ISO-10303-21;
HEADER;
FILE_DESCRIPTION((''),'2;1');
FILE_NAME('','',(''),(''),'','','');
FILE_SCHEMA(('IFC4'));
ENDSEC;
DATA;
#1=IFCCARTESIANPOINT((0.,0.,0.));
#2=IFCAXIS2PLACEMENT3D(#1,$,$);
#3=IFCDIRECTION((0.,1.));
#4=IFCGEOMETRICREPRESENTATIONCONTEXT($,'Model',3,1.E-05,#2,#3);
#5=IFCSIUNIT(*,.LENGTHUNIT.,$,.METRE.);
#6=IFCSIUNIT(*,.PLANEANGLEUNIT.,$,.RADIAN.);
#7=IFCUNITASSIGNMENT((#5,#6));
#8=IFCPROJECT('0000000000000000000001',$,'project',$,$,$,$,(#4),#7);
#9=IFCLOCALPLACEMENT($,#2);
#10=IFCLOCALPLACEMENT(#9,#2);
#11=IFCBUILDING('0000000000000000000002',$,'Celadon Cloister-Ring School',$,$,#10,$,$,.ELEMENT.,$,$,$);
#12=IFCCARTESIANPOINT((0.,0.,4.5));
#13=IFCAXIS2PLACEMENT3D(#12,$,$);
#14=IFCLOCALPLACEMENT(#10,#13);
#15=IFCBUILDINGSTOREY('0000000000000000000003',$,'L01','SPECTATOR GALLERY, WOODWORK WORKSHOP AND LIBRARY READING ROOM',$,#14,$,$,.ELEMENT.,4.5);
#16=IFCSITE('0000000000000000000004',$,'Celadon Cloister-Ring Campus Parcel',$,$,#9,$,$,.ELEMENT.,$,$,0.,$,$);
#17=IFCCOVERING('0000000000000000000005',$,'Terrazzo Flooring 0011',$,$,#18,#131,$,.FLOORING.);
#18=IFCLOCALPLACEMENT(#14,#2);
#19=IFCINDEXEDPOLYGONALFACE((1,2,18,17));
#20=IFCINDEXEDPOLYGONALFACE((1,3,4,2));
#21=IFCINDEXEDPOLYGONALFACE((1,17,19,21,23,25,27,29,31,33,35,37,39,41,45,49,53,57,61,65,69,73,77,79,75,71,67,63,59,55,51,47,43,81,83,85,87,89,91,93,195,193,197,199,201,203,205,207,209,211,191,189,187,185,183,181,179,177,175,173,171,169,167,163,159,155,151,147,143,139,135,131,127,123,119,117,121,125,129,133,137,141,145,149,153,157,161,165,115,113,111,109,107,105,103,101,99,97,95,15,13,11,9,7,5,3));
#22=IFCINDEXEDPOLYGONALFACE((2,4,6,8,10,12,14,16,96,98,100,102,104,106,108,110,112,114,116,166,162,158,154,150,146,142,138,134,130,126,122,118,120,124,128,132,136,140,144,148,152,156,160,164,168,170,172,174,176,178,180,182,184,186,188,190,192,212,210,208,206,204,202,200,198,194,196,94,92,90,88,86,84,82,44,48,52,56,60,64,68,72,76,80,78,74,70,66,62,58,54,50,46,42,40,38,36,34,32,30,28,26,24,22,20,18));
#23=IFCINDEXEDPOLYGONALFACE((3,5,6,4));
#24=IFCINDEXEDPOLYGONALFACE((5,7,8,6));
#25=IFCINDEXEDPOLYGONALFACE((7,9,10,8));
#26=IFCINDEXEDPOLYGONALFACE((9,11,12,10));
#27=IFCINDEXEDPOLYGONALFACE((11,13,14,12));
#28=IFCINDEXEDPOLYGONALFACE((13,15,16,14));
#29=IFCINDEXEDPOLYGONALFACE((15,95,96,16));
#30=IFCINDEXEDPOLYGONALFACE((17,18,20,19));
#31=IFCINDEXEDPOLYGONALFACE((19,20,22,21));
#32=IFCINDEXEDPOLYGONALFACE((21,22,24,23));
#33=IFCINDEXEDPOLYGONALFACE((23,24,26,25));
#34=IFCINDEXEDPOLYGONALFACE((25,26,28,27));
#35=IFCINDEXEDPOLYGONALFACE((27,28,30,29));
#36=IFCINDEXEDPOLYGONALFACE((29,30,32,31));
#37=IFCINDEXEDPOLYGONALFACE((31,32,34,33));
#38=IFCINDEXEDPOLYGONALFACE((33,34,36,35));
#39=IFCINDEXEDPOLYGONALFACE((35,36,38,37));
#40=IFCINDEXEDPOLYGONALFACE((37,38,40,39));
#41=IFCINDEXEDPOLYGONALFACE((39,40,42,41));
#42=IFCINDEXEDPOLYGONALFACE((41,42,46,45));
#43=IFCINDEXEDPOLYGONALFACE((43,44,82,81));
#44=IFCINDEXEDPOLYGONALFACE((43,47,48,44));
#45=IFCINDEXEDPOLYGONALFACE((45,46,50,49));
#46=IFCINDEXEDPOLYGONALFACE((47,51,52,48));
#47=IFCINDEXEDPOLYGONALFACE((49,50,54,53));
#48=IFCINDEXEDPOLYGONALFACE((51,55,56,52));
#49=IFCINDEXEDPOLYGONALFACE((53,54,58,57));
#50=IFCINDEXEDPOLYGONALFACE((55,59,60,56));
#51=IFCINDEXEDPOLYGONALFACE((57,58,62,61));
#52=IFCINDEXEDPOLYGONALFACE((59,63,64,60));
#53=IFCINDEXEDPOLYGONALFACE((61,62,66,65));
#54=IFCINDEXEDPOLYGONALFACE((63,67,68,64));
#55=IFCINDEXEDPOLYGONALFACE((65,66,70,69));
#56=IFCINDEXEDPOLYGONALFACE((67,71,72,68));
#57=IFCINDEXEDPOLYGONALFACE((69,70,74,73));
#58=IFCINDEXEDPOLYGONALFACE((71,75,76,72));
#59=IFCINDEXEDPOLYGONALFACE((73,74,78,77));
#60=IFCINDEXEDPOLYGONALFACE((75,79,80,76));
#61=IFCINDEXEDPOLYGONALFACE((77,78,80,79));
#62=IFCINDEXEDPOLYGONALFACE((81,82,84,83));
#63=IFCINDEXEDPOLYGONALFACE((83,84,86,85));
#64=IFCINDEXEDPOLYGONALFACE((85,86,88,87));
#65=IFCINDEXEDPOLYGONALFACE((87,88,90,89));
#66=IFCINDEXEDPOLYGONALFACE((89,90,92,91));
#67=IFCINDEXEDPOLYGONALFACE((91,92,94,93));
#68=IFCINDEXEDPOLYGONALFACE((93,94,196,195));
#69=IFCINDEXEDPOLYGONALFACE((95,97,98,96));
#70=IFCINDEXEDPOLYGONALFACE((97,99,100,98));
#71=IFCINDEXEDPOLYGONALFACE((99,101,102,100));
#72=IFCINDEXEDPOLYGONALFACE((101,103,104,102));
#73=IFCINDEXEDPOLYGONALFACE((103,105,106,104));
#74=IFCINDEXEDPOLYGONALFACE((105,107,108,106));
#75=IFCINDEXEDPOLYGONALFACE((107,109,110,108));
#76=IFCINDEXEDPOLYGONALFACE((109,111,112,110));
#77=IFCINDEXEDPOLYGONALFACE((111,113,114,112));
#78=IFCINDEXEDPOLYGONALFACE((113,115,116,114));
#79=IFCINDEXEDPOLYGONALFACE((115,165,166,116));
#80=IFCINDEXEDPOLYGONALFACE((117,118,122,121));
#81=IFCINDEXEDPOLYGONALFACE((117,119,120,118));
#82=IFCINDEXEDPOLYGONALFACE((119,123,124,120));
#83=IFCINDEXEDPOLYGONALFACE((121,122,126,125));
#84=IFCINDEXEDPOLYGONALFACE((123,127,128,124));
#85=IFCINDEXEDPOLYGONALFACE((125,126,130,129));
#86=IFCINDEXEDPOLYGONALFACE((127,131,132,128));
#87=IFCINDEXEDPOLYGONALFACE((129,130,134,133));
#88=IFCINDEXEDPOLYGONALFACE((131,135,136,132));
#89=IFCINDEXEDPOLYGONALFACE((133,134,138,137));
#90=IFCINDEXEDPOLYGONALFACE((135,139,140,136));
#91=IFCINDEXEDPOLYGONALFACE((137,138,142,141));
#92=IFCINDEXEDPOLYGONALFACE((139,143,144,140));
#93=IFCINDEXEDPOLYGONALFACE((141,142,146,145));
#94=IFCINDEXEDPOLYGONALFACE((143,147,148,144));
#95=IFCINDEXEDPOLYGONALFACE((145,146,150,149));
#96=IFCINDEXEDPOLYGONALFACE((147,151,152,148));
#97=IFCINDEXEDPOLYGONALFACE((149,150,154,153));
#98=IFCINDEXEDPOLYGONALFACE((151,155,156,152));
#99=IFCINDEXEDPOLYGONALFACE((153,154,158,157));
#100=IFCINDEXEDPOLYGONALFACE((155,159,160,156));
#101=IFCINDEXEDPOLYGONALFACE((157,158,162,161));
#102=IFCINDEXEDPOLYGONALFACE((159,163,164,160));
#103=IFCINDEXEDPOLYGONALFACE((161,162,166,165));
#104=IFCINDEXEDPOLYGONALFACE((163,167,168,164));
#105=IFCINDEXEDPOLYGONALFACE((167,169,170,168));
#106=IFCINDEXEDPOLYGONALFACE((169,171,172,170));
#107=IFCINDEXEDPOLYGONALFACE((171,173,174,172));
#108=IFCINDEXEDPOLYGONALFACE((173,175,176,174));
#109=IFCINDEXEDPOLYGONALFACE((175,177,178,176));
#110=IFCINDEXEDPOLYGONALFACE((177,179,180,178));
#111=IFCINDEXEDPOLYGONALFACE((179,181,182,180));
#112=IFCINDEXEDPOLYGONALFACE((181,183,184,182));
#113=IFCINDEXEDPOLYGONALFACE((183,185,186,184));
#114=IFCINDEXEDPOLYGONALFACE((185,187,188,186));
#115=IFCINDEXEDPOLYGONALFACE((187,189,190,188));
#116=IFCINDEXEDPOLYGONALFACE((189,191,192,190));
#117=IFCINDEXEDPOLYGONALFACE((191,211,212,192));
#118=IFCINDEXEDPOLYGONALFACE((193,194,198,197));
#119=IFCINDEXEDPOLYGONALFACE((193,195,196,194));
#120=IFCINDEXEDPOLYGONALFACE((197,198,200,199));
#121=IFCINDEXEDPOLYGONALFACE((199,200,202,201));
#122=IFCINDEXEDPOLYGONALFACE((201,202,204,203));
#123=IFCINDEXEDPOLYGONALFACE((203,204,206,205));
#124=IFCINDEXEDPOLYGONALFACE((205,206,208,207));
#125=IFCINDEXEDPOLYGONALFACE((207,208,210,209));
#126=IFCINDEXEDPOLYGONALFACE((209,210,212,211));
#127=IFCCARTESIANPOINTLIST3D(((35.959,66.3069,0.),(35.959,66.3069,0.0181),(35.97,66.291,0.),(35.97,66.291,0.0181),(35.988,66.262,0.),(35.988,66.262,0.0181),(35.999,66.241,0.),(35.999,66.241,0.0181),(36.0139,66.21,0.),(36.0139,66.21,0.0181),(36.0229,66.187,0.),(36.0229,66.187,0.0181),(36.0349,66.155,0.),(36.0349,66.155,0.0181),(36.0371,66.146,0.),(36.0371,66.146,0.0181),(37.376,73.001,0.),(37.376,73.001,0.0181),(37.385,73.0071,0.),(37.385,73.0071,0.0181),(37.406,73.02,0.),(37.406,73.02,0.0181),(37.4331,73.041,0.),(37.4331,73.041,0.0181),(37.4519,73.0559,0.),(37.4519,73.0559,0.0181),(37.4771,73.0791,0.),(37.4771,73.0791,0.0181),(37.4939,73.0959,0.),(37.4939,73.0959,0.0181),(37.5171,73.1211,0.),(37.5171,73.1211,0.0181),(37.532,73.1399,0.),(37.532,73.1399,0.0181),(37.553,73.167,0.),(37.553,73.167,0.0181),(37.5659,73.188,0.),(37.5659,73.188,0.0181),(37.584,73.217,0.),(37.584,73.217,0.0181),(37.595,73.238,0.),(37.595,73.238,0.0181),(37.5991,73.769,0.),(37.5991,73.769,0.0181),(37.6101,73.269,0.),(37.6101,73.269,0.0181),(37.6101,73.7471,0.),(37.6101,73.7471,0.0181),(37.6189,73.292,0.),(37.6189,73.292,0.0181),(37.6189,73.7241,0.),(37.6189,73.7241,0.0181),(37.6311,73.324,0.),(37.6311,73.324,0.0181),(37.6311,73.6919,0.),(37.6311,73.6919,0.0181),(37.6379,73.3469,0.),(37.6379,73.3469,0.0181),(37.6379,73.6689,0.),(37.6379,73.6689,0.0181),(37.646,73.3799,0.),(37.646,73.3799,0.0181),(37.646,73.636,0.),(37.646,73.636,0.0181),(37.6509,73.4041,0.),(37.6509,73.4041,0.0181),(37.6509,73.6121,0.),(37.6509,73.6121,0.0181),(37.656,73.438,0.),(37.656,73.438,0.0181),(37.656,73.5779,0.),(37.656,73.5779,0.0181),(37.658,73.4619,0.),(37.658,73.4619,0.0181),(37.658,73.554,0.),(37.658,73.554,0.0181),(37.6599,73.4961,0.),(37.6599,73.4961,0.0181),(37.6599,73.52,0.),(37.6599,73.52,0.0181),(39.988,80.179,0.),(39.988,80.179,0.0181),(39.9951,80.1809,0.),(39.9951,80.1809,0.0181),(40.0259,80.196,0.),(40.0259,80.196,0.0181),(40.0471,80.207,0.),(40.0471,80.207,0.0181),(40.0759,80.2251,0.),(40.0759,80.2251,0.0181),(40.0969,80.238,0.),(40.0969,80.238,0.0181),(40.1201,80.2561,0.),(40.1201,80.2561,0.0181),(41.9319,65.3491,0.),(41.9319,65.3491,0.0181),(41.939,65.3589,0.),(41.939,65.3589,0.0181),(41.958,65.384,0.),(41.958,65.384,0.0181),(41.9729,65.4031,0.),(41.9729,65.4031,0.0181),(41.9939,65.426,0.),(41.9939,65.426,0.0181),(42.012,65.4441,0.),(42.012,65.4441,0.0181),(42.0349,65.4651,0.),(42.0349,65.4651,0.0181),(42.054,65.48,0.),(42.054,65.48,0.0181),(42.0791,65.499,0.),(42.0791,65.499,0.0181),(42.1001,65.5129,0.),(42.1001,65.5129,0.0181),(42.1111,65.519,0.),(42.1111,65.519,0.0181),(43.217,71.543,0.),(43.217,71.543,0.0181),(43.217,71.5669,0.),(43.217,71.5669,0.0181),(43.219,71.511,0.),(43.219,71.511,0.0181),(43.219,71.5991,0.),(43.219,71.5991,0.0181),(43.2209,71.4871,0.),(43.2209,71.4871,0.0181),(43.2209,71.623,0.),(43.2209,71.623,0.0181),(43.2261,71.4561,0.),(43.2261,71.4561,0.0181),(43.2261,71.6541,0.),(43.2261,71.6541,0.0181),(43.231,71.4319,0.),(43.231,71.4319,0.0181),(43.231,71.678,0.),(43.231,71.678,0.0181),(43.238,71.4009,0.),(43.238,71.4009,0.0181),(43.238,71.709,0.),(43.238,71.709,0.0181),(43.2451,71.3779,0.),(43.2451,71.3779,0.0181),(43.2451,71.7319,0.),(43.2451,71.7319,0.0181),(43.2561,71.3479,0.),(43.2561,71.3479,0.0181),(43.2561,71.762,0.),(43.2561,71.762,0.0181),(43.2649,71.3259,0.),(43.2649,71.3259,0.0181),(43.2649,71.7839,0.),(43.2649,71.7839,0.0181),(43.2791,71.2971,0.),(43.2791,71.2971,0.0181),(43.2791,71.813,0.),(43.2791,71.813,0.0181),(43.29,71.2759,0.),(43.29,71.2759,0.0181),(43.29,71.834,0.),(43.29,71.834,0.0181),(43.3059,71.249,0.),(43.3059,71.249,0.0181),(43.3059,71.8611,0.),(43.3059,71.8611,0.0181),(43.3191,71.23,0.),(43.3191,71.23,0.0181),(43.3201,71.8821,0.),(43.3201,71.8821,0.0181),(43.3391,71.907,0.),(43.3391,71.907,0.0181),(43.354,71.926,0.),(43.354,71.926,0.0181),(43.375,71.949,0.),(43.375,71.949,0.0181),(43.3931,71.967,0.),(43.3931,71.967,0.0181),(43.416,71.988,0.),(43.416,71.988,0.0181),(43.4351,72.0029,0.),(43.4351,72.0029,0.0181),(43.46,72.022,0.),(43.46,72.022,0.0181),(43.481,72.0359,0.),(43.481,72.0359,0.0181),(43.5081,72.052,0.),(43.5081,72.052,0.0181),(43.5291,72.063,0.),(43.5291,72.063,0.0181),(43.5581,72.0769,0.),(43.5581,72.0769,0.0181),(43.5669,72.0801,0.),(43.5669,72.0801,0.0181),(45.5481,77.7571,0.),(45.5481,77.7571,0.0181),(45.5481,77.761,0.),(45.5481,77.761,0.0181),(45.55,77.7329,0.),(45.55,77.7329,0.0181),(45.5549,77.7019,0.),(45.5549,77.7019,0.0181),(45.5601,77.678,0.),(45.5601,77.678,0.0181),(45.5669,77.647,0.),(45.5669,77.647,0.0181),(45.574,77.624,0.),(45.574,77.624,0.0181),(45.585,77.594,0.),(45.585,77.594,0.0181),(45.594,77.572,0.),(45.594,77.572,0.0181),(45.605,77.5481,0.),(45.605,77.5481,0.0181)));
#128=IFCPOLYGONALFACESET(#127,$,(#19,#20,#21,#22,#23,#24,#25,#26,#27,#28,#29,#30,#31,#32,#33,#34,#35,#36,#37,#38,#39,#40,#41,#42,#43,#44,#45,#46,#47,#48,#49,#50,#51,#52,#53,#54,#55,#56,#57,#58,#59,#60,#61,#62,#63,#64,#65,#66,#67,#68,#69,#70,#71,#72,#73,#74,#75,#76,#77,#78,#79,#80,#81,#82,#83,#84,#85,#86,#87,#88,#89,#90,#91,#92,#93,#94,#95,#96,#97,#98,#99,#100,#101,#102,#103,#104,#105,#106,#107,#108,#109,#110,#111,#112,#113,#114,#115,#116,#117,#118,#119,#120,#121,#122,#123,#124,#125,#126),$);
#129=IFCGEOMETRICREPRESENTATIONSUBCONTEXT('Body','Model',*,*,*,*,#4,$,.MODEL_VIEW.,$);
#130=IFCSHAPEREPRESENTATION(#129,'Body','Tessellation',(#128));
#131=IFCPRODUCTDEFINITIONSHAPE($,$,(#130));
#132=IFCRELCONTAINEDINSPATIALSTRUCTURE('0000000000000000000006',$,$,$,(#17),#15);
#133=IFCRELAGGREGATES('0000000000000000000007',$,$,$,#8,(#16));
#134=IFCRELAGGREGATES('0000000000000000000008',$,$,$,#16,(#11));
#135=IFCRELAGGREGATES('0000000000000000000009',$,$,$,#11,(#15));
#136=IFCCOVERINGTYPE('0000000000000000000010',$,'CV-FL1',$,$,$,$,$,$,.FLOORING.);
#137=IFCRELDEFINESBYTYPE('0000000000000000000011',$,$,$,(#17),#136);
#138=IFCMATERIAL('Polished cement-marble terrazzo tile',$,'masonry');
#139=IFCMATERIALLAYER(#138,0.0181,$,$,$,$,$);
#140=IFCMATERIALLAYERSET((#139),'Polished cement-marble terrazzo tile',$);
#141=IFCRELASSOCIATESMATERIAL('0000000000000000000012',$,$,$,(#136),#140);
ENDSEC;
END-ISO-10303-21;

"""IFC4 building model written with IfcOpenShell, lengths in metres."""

from ifc_helpers import new_model, si_unit, direction, frame, origin, place, context, subcontext, project, spatial, polyline, outline, extrude, material, layer, layer_set, type_object, element, save


model = new_model("IFC4")

# Units and contexts
model_context = context("Model", 3, precision=1e-05, world=origin(), true_north=direction((0.0, 1.0)))
body_context = subcontext(model_context, "Body", "Model", "MODEL_VIEW")
ifc_project = project(units=[si_unit("LENGTHUNIT", "METRE"), si_unit("PLANEANGLEUNIT", "RADIAN")], contexts=[model_context])

# Site, building, storey
site_placement = place(None, origin())
site = spatial("IfcSite", under=ifc_project, at=site_placement, Name="Celadon Cloister-Ring Campus Parcel", CompositionType="ELEMENT", RefElevation=0.0)
building_placement = place(site_placement, origin())
building = spatial("IfcBuilding", under=site, at=building_placement, Name="Celadon Cloister-Ring School", CompositionType="ELEMENT")
storey_placement = place(building_placement, frame((0.0, 0.0, 4.5)))
storey = spatial("IfcBuildingStorey", under=building, at=storey_placement, Name="L01", Description="SPECTATOR GALLERY, WOODWORK WORKSHOP AND LIBRARY READING ROOM", CompositionType="ELEMENT", Elevation=4.5)

# Covering
ifc_material_1 = material(Name="Polished cement-marble terrazzo tile", Category="masonry")
ifc_layer_1 = layer(ifc_material_1, 0.0181)
ifc_layer_set_1 = layer_set([ifc_layer_1], Name="Polished cement-marble terrazzo tile")
covering_type_1 = type_object("IfcCoveringType", Name="CV-FL1", PredefinedType="FLOORING", material=ifc_layer_set_1)
covering_1_placement = place(storey_placement, origin())
element("IfcCovering", 1, at=covering_1_placement, inside=storey, type_object=covering_type_1, Name="Terrazzo Flooring 0011", PredefinedType="FLOORING", context=body_context, shape_type="SweptSolid", body=[
    extrude(outline(polyline([(35.959, 66.3069), (37.376, 73.001), (37.385, 73.0071), (37.406, 73.02), (37.4331, 73.041), (37.4519, 73.0559), (37.4771, 73.0791), (37.4939, 73.0959), (37.5171, 73.1211), (37.532, 73.1399), (37.553, 73.167), (37.5659, 73.188), (37.584, 73.217), (37.595, 73.238), (37.6101, 73.269), (37.6189, 73.292), (37.6311, 73.324), (37.6379, 73.3469), (37.646, 73.3799), (37.6509, 73.4041), (37.656, 73.438), (37.658, 73.4619), (37.6599, 73.4961), (37.6599, 73.52), (37.658, 73.554), (37.656, 73.5779), (37.6509, 73.6121), (37.646, 73.636), (37.6379, 73.6689), (37.6311, 73.6919), (37.6189, 73.7241), (37.6101, 73.7471), (37.5991, 73.769), (39.988, 80.179), (39.9951, 80.1809), (40.0259, 80.196), (40.0471, 80.207), (40.0759, 80.2251), (40.0969, 80.238), (40.1201, 80.2561), (45.5481, 77.761), (45.5481, 77.7571), (45.55, 77.7329), (45.5549, 77.7019), (45.5601, 77.678), (45.5669, 77.647), (45.574, 77.624), (45.585, 77.594), (45.594, 77.572), (45.605, 77.5481), (43.5669, 72.0801), (43.5581, 72.0769), (43.5291, 72.063), (43.5081, 72.052), (43.481, 72.0359), (43.46, 72.022), (43.4351, 72.0029), (43.416, 71.988), (43.3931, 71.967), (43.375, 71.949), (43.354, 71.926), (43.3391, 71.907), (43.3201, 71.8821), (43.3059, 71.8611), (43.29, 71.834), (43.2791, 71.813), (43.2649, 71.7839), (43.2561, 71.762), (43.2451, 71.7319), (43.238, 71.709), (43.231, 71.678), (43.2261, 71.6541), (43.2209, 71.623), (43.219, 71.5991), (43.217, 71.5669), (43.217, 71.543), (43.219, 71.511), (43.2209, 71.4871), (43.2261, 71.4561), (43.231, 71.4319), (43.238, 71.4009), (43.2451, 71.3779), (43.2561, 71.3479), (43.2649, 71.3259), (43.2791, 71.2971), (43.29, 71.2759), (43.3059, 71.249), (43.3191, 71.23), (42.1111, 65.519), (42.1001, 65.5129), (42.0791, 65.499), (42.054, 65.48), (42.0349, 65.4651), (42.012, 65.4441), (41.9939, 65.426), (41.9729, 65.4031), (41.958, 65.384), (41.939, 65.3589), (41.9319, 65.3491), (36.0371, 66.146), (36.0349, 66.155), (36.0229, 66.187), (36.0139, 66.21), (35.999, 66.241), (35.988, 66.262), (35.97, 66.291), (35.959, 66.3069)])), origin(), (0.0, 0.0, 1.0), 0.0181),
])

save(model, "model.ifc")
